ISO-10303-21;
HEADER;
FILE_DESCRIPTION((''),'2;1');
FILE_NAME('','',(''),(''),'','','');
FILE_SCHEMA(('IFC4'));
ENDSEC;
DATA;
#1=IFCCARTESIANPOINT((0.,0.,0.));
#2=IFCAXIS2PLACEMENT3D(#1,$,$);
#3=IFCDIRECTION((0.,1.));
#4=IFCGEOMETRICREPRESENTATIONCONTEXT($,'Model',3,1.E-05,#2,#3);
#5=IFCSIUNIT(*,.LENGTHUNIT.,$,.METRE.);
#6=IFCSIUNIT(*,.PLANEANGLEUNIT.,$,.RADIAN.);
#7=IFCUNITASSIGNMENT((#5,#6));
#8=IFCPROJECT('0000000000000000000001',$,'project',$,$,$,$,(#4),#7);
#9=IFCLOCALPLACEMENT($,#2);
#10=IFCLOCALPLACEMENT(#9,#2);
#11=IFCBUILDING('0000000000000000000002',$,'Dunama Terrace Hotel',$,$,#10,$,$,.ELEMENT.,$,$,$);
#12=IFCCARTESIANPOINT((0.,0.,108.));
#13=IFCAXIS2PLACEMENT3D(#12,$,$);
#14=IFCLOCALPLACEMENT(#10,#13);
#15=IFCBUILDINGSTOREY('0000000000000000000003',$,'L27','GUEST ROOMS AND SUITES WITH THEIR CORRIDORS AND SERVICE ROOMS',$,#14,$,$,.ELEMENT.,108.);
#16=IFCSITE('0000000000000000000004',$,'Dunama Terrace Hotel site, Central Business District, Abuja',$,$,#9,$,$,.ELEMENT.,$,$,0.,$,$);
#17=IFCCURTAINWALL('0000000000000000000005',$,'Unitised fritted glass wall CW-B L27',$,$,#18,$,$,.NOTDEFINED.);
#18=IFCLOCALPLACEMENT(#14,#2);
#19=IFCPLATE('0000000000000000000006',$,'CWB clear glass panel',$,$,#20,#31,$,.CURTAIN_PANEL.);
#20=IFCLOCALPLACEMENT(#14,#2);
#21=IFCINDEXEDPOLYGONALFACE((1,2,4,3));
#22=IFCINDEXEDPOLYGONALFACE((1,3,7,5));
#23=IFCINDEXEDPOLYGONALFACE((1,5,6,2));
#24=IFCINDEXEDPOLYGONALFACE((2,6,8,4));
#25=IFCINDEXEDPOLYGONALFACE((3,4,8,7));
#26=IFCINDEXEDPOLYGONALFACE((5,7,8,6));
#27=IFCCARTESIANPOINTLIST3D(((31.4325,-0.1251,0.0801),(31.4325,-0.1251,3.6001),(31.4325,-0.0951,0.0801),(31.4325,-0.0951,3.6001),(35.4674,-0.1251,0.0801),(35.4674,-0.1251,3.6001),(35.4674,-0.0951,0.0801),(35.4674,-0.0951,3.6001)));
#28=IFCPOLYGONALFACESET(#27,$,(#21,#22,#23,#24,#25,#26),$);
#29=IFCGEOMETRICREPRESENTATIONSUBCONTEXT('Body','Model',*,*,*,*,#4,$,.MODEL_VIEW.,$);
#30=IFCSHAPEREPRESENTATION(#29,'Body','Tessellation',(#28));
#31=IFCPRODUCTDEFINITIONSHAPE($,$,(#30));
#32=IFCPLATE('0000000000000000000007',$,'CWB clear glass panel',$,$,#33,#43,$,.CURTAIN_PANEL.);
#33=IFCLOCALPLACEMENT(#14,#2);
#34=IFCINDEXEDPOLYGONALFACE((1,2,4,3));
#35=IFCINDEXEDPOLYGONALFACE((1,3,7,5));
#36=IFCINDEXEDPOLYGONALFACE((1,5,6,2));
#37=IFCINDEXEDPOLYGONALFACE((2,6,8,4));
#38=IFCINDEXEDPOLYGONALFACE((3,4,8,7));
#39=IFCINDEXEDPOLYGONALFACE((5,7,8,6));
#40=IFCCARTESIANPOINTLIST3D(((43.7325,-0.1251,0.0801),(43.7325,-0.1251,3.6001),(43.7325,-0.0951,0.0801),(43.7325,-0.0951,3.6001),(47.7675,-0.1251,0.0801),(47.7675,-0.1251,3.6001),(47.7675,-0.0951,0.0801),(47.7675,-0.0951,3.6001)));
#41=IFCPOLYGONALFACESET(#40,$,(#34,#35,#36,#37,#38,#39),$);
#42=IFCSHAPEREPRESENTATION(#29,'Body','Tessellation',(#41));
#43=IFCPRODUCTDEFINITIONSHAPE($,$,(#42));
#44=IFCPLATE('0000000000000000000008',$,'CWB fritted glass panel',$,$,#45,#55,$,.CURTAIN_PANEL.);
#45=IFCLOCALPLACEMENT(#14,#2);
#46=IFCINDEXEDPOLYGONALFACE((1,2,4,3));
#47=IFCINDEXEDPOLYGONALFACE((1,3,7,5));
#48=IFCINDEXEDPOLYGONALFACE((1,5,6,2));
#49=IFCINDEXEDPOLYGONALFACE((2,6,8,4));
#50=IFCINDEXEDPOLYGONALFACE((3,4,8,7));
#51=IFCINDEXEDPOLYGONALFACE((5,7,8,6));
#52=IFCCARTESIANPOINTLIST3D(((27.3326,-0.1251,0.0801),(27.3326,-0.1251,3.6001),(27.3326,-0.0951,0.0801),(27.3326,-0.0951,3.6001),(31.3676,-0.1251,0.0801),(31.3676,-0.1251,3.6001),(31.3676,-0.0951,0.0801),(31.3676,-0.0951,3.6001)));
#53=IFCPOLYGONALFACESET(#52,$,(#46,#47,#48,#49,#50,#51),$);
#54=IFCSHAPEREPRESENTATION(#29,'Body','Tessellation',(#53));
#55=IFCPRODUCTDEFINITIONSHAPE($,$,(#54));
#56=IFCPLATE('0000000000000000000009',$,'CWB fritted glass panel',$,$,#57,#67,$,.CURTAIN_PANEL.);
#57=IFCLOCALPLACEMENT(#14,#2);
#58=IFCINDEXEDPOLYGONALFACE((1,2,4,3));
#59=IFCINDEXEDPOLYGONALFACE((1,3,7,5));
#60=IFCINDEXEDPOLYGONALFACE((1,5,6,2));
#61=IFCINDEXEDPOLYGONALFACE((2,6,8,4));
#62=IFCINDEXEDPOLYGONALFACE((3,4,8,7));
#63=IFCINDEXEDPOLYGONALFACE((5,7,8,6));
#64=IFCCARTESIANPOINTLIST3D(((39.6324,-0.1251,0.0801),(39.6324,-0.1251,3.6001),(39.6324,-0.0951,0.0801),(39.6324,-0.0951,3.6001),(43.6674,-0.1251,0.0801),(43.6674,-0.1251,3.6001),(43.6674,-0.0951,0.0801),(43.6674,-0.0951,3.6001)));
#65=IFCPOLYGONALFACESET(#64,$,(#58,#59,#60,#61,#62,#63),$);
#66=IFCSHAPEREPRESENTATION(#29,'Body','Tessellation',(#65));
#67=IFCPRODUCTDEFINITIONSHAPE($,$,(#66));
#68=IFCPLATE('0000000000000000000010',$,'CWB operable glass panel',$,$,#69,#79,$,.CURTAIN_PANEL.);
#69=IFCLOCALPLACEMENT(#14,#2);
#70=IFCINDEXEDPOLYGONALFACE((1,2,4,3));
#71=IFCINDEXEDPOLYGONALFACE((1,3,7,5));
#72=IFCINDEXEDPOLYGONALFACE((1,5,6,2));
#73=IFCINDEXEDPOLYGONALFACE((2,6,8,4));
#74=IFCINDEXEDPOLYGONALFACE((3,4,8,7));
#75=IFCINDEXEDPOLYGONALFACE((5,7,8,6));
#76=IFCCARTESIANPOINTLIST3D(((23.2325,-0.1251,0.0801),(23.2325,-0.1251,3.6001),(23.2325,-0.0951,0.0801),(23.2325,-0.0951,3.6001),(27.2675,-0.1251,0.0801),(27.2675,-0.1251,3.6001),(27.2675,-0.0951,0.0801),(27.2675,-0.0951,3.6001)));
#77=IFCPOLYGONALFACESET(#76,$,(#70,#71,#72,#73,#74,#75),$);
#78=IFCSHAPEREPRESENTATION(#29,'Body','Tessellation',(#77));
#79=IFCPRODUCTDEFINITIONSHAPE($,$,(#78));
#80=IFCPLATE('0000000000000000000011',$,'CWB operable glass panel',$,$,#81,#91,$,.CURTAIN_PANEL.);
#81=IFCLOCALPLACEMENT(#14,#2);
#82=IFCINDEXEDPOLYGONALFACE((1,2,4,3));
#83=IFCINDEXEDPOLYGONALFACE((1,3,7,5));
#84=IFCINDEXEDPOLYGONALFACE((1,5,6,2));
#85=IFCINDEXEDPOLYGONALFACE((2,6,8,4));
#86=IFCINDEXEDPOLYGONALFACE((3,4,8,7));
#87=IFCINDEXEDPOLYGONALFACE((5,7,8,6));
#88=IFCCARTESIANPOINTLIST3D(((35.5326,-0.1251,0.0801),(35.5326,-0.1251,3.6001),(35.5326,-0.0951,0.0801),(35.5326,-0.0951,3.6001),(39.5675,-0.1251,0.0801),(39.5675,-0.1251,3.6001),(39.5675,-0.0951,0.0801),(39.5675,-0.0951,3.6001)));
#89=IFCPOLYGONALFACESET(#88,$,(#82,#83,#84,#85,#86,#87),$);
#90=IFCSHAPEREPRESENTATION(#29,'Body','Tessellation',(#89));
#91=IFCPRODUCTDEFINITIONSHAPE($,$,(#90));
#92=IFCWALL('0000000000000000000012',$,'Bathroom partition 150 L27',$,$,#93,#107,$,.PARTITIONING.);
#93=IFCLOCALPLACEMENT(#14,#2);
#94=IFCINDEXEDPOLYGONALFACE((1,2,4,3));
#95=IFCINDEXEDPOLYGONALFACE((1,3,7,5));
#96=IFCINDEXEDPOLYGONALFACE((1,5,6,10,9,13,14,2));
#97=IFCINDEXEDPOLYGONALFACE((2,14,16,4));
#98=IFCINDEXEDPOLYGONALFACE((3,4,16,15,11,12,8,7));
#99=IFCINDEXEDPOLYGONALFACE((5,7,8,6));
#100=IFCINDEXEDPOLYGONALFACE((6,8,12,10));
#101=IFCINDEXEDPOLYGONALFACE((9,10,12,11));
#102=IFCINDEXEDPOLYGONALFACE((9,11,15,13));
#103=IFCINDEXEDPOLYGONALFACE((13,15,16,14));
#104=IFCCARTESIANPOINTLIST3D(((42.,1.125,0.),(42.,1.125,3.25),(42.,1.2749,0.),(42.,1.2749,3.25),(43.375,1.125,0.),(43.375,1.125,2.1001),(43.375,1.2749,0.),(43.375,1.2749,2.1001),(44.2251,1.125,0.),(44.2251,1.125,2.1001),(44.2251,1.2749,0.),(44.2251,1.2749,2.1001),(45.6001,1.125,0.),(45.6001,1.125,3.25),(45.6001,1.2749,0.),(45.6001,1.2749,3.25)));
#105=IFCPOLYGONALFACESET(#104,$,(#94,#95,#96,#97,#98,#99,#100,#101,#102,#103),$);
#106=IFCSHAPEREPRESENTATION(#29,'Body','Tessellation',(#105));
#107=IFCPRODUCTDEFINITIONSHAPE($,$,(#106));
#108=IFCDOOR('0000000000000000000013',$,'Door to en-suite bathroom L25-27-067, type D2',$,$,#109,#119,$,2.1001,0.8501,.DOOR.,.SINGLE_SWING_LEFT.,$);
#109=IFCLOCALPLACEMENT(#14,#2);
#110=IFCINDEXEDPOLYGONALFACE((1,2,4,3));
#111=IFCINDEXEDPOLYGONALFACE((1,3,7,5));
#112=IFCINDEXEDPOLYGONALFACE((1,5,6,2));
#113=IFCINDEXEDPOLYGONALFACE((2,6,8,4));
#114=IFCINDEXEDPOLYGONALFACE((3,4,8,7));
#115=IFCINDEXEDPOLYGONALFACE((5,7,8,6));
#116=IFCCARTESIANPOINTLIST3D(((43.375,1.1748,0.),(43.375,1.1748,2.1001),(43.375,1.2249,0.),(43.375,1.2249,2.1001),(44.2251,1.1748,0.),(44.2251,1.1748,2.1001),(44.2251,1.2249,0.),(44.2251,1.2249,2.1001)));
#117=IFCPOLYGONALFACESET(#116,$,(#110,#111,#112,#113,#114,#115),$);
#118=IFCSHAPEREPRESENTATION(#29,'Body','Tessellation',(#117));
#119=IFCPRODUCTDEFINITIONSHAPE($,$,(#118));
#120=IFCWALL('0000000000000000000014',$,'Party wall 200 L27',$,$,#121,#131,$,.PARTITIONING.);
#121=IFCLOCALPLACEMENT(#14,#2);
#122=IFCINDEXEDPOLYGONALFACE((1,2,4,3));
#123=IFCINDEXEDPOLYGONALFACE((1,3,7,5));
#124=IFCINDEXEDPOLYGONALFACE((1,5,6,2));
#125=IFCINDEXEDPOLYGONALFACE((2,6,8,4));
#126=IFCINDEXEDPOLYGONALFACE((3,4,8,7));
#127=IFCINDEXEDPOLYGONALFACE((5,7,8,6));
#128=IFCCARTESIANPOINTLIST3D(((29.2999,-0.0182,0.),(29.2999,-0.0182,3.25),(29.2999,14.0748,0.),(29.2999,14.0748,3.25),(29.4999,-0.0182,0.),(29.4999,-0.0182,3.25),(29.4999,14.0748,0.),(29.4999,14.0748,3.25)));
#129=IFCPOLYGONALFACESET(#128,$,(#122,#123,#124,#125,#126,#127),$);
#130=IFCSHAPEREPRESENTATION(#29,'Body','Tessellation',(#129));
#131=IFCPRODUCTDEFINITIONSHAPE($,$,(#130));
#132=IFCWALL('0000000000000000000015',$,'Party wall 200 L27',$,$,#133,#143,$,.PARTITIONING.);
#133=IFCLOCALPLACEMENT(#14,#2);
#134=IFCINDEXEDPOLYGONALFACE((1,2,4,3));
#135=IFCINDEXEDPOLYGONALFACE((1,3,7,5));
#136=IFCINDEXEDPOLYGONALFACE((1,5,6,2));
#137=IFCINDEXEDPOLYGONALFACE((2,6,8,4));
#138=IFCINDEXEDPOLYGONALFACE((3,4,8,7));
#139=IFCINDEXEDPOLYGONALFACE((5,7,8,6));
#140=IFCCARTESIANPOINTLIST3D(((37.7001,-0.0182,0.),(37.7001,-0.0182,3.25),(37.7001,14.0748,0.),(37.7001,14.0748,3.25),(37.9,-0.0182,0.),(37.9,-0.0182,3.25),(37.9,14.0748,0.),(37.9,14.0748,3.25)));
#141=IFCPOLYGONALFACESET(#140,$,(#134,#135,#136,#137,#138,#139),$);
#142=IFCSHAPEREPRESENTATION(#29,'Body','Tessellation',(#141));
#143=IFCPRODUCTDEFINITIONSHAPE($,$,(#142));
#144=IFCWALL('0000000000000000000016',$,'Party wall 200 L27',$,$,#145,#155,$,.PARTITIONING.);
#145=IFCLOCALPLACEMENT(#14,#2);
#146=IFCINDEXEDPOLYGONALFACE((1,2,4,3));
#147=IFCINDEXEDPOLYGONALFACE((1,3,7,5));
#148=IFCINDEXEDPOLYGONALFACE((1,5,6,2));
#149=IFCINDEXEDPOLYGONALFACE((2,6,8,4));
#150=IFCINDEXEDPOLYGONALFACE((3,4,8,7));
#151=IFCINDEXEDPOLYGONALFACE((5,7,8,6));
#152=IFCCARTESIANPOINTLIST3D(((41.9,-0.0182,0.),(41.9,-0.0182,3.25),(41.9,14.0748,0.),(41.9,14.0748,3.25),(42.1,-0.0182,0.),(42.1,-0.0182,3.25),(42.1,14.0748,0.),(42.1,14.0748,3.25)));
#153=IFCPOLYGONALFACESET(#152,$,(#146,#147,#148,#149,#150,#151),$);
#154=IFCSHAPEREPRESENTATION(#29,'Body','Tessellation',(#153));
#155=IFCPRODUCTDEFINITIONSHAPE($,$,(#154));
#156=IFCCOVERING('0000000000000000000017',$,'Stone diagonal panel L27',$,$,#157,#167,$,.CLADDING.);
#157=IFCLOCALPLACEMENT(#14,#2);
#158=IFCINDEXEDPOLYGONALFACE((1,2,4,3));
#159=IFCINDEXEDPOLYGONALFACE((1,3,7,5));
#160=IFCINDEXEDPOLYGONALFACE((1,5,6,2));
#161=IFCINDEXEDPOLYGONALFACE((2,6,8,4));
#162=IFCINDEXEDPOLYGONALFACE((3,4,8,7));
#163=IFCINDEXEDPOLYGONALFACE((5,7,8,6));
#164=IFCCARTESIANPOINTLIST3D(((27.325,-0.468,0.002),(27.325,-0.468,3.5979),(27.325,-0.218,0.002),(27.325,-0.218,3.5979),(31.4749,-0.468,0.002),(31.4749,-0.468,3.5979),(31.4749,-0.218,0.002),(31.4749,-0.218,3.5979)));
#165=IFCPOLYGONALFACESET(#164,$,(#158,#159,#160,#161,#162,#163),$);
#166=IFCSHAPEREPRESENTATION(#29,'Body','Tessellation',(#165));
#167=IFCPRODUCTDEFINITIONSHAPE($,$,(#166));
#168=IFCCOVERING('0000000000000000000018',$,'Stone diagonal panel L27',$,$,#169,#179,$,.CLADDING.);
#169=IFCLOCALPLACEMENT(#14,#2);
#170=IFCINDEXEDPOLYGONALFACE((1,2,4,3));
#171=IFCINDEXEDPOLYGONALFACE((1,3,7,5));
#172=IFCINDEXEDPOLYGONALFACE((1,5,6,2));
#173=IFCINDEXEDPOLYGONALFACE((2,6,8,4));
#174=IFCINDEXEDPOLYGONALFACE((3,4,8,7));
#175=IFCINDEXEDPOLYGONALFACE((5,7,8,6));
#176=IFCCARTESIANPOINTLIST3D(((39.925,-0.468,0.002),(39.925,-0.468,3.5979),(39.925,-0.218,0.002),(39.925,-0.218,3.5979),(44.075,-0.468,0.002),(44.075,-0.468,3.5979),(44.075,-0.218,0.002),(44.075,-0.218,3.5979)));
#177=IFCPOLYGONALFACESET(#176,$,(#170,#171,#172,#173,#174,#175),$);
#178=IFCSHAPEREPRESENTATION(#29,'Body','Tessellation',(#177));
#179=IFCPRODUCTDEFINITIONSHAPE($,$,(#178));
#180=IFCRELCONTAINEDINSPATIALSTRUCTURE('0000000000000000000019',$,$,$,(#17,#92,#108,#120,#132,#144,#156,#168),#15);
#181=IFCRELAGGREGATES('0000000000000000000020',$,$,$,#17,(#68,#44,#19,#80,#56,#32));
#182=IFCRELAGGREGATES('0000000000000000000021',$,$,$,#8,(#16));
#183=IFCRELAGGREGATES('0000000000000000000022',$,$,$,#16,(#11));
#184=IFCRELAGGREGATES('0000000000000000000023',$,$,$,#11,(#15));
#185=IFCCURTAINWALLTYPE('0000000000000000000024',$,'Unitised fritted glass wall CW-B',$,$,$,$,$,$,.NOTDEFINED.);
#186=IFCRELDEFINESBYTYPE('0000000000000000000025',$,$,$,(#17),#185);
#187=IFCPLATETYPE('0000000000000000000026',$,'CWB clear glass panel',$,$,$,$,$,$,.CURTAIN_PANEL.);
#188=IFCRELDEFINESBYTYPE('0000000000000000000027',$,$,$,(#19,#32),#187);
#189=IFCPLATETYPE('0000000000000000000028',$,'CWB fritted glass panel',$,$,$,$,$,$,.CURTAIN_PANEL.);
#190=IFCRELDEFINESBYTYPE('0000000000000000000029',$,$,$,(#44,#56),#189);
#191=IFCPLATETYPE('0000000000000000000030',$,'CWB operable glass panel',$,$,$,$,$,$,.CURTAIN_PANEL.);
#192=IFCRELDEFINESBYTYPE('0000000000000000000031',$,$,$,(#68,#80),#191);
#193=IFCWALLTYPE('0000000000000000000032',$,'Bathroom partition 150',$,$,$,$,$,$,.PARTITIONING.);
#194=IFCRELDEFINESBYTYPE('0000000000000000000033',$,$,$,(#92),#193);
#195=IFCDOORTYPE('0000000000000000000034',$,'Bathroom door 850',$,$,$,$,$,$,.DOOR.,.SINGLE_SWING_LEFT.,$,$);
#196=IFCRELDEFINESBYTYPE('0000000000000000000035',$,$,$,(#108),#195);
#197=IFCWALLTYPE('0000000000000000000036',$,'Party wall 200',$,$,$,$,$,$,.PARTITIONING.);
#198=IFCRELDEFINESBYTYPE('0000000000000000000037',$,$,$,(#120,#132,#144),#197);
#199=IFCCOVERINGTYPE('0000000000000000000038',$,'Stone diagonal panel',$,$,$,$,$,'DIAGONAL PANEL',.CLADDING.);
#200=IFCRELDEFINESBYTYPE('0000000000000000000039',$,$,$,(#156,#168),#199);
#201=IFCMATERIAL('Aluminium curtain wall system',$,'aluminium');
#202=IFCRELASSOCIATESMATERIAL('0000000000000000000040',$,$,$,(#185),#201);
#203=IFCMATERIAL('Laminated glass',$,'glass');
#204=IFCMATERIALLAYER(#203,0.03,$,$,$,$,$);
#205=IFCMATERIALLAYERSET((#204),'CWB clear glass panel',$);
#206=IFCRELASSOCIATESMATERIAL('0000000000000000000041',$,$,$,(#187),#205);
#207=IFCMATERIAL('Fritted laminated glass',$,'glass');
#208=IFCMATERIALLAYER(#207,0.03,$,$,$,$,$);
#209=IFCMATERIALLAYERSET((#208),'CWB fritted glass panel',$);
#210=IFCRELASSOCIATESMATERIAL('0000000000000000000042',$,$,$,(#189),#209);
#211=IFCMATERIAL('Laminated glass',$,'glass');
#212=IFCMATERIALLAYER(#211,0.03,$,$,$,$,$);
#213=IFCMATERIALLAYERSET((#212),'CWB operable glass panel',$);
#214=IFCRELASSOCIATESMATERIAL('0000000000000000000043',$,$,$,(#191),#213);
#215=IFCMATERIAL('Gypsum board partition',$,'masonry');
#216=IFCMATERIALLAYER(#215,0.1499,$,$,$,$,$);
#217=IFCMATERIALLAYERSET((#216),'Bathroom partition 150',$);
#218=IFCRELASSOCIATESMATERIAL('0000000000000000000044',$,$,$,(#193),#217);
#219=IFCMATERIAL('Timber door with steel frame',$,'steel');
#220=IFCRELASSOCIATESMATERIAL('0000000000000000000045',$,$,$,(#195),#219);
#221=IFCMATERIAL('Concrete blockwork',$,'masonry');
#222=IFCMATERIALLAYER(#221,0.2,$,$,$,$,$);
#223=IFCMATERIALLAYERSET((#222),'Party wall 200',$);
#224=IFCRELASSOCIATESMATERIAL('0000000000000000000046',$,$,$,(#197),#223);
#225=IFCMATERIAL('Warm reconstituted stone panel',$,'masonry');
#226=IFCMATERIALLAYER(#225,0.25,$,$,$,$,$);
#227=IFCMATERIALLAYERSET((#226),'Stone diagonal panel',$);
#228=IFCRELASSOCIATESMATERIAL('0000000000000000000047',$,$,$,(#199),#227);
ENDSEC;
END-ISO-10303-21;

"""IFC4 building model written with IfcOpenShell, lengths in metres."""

from ifc_helpers import new_model, si_unit, direction, frame, frame_2d, origin, origin_2d, place, context, subcontext, project, spatial, rectangle, extrude, material, layer, layer_set, type_object, element, fill, aggregate, save


model = new_model("IFC4")

# Units and contexts
model_context = context("Model", 3, precision=1e-05, world=origin(), true_north=direction((0.0, 1.0)))
body_context = subcontext(model_context, "Body", "Model", "MODEL_VIEW")
ifc_project = project(units=[si_unit("LENGTHUNIT", "METRE"), si_unit("PLANEANGLEUNIT", "RADIAN")], contexts=[model_context])

# Site, building, storey
site_placement = place(None, origin())
site = spatial("IfcSite", under=ifc_project, at=site_placement, Name="Dunama Terrace Hotel site, Central Business District, Abuja", CompositionType="ELEMENT", RefElevation=0.0)
building_placement = place(site_placement, origin())
building = spatial("IfcBuilding", under=site, at=building_placement, Name="Dunama Terrace Hotel", CompositionType="ELEMENT")
storey_placement = place(building_placement, frame((0.0, 0.0, 108.0)))
storey = spatial("IfcBuildingStorey", under=building, at=storey_placement, Name="L27", Description="GUEST ROOMS AND SUITES WITH THEIR CORRIDORS AND SERVICE ROOMS", CompositionType="ELEMENT", Elevation=108.0)

# Curtain wall
ifc_material_1 = material(Name="Aluminium curtain wall system", Category="aluminium")
curtain_wall_type = type_object("IfcCurtainWallType", Name="Unitised fritted glass wall CW-B", PredefinedType="NOTDEFINED", material=ifc_material_1)
curtain_wall_placement = place(storey_placement, origin())
curtain_wall = element("IfcCurtainWall", 1, at=curtain_wall_placement, inside=storey, type_object=curtain_wall_type, Name="Unitised fritted glass wall CW-B L27", PredefinedType="NOTDEFINED")

# Plates
ifc_material_2 = material(Name="Laminated glass", Category="glass")
ifc_layer_1 = layer(ifc_material_2, 0.03)
ifc_layer_set_1 = layer_set([ifc_layer_1], Name="CWB clear glass panel")
plate_type_1 = type_object("IfcPlateType", Name="CWB clear glass panel", PredefinedType="CURTAIN_PANEL", material=ifc_layer_set_1)
plate_1_placement = place(storey_placement, frame((33.45, -0.1101, 0.0801), z_axis=(0.0, 0.0, 1.0), x_axis=(1.0, 0.0, 0.0)))
plate_1 = element("IfcPlate", 2, at=plate_1_placement, type_object=plate_type_1, Name="CWB clear glass panel", PredefinedType="CURTAIN_PANEL", context=body_context, shape_type="SweptSolid", body=[
    extrude(rectangle(XDim=4.0349, YDim=0.03, at=origin_2d()), origin(), (0.0, 0.0, 1.0), 3.52),
])
plate_2_placement = place(storey_placement, frame((45.75, -0.1101, 0.0801), z_axis=(0.0, 0.0, 1.0), x_axis=(1.0, 0.0, 0.0)))
plate_2 = element("IfcPlate", 3, at=plate_2_placement, type_object=plate_type_1, Name="CWB clear glass panel", PredefinedType="CURTAIN_PANEL", context=body_context, shape_type="SweptSolid", body=[
    extrude(rectangle(XDim=4.0349, YDim=0.03, at=origin_2d()), origin(), (0.0, 0.0, 1.0), 3.52),
])
ifc_material_3 = material(Name="Fritted laminated glass", Category="glass")
ifc_layer_2 = layer(ifc_material_3, 0.03)
ifc_layer_set_2 = layer_set([ifc_layer_2], Name="CWB fritted glass panel")
plate_type_2 = type_object("IfcPlateType", Name="CWB fritted glass panel", PredefinedType="CURTAIN_PANEL", material=ifc_layer_set_2)
plate_3_placement = place(storey_placement, frame((29.3501, -0.1101, 0.0801), z_axis=(0.0, 0.0, 1.0), x_axis=(1.0, 0.0, 0.0)))
plate_3 = element("IfcPlate", 4, at=plate_3_placement, type_object=plate_type_2, Name="CWB fritted glass panel", PredefinedType="CURTAIN_PANEL", context=body_context, shape_type="SweptSolid", body=[
    extrude(rectangle(XDim=4.0349, YDim=0.03, at=origin_2d()), origin(), (0.0, 0.0, 1.0), 3.52),
])
plate_4_placement = place(storey_placement, frame((41.6499, -0.1101, 0.0801), z_axis=(0.0, 0.0, 1.0), x_axis=(1.0, 0.0, 0.0)))
plate_4 = element("IfcPlate", 5, at=plate_4_placement, type_object=plate_type_2, Name="CWB fritted glass panel", PredefinedType="CURTAIN_PANEL", context=body_context, shape_type="SweptSolid", body=[
    extrude(rectangle(XDim=4.0349, YDim=0.03, at=origin_2d()), origin(), (0.0, 0.0, 1.0), 3.52),
])
ifc_material_4 = material(Name="Laminated glass", Category="glass")
ifc_layer_3 = layer(ifc_material_4, 0.03)
ifc_layer_set_3 = layer_set([ifc_layer_3], Name="CWB operable glass panel")
plate_type_3 = type_object("IfcPlateType", Name="CWB operable glass panel", PredefinedType="CURTAIN_PANEL", material=ifc_layer_set_3)
plate_5_placement = place(storey_placement, frame((25.25, -0.1101, 0.0801), z_axis=(0.0, 0.0, 1.0), x_axis=(1.0, 0.0, 0.0)))
plate_5 = element("IfcPlate", 6, at=plate_5_placement, type_object=plate_type_3, Name="CWB operable glass panel", PredefinedType="CURTAIN_PANEL", context=body_context, shape_type="SweptSolid", body=[
    extrude(rectangle(XDim=4.0349, YDim=0.03, at=origin_2d()), origin(), (0.0, 0.0, 1.0), 3.52),
])
plate_6_placement = place(storey_placement, frame((37.55, -0.1101, 0.0801), z_axis=(0.0, 0.0, 1.0), x_axis=(1.0, 0.0, 0.0)))
plate_6 = element("IfcPlate", 7, at=plate_6_placement, type_object=plate_type_3, Name="CWB operable glass panel", PredefinedType="CURTAIN_PANEL", context=body_context, shape_type="SweptSolid", body=[
    extrude(rectangle(XDim=4.0349, YDim=0.03, at=origin_2d()), origin(), (0.0, 0.0, 1.0), 3.52),
])
aggregate(curtain_wall, [plate_5, plate_3, plate_1, plate_6, plate_4, plate_2])

# Wall, opening, door
ifc_material_5 = material(Name="Gypsum board partition", Category="masonry")
ifc_layer_4 = layer(ifc_material_5, 0.1499)
ifc_layer_set_4 = layer_set([ifc_layer_4], Name="Bathroom partition 150")
wall_type_1 = type_object("IfcWallType", Name="Bathroom partition 150", PredefinedType="PARTITIONING", material=ifc_layer_set_4)
wall_placement = place(storey_placement, frame((42.0, 1.2, 0.0), z_axis=(0.0, 0.0, 1.0), x_axis=(1.0, 0.0, 0.0)))
wall = element("IfcWall", 8, at=wall_placement, inside=storey, type_object=wall_type_1, Name="Bathroom partition 150 L27", PredefinedType="PARTITIONING", context=body_context, shape_type="SweptSolid", body=[
    extrude(rectangle(XDim=3.6001, YDim=0.1499, at=frame_2d((1.8, 0.0))), origin(), (0.0, 0.0, 1.0), 3.25),
])
opening_placement = place(wall_placement, frame((1.375, 0.0, 0.0)))
opening = element("IfcOpeningElement", 9, at=opening_placement, cuts=wall, PredefinedType="OPENING", context=body_context, shape_type="SweptSolid", body=[
    extrude(rectangle(XDim=0.8501, YDim=2.1001, at=frame_2d((0.425, 1.05))), frame((0.0, 0.085, 0.0), z_axis=(0.0, -1.0, 0.0), x_axis=(1.0, 0.0, 0.0)), (0.0, 0.0, 1.0), 0.1699),
])
ifc_material_6 = material(Name="Timber door with steel frame", Category="steel")
door_type = type_object("IfcDoorType", Name="Bathroom door 850", OperationType="SINGLE_SWING_LEFT", PredefinedType="DOOR", material=ifc_material_6)
door_placement = place(opening_placement, origin())
door = element("IfcDoor", 10, at=door_placement, inside=storey, type_object=door_type, Name="Door to en-suite bathroom L25-27-067, type D2", OperationType="SINGLE_SWING_LEFT", OverallHeight=2.1001, OverallWidth=0.8501, PredefinedType="DOOR", context=body_context, shape_type="SweptSolid", body=[
    extrude(rectangle(XDim=0.8501, YDim=2.1001, at=frame_2d((0.425, 1.05))), frame((0.0, 0.0249, 0.0), z_axis=(0.0, -1.0, 0.0), x_axis=(1.0, 0.0, 0.0)), (0.0, 0.0, 1.0), 0.05),
])
fill(opening, door)

# Walls
ifc_material_7 = material(Name="Concrete blockwork", Category="masonry")
ifc_layer_5 = layer(ifc_material_7, 0.2)
ifc_layer_set_5 = layer_set([ifc_layer_5], Name="Party wall 200")
wall_type_2 = type_object("IfcWallType", Name="Party wall 200", PredefinedType="PARTITIONING", material=ifc_layer_set_5)
for number, where, z_axis, x_axis, name in (
    (11, (29.3999, -0.0181, 0.0), (0.0, 0.0, 1.0), (0.0, 1.0, 0.0), "Party wall 200 L27"),
    (12, (37.8, -0.0181, 0.0), (0.0, 0.0, 1.0), (0.0, 1.0, 0.0), "Party wall 200 L27"),
    (13, (42.0, -0.0181, 0.0), (0.0, 0.0, 1.0), (0.0, 1.0, 0.0), "Party wall 200 L27"),
):
    element("IfcWall", number, at=place(storey_placement, frame(where, z_axis=z_axis, x_axis=x_axis)), inside=storey, type_object=wall_type_2, Name=name, PredefinedType="PARTITIONING", context=body_context, shape_type="SweptSolid", body=[
        extrude(rectangle(XDim=14.093, YDim=0.2, at=frame_2d((7.0464, 0.0))), origin(), (0.0, 0.0, 1.0), 3.25),
    ])

# Coverings
ifc_material_8 = material(Name="Warm reconstituted stone panel", Category="masonry")
ifc_layer_6 = layer(ifc_material_8, 0.25)
ifc_layer_set_6 = layer_set([ifc_layer_6], Name="Stone diagonal panel")
covering_type = type_object("IfcCoveringType", Name="Stone diagonal panel", ElementType="DIAGONAL PANEL", PredefinedType="CLADDING", material=ifc_layer_set_6)
for number, where, z_axis, x_axis, name in (
    (14, (29.3999, -0.343, 0.002), (0.0, 0.0, 1.0), (1.0, 0.0, 0.0), "Stone diagonal panel L27"),
    (15, (42.0, -0.343, 0.002), (0.0, 0.0, 1.0), (1.0, 0.0, 0.0), "Stone diagonal panel L27"),
):
    element("IfcCovering", number, at=place(storey_placement, frame(where, z_axis=z_axis, x_axis=x_axis)), inside=storey, type_object=covering_type, Name=name, PredefinedType="CLADDING", context=body_context, shape_type="SweptSolid", body=[
        extrude(rectangle(XDim=4.1499, YDim=0.25, at=origin_2d()), origin(), (0.0, 0.0, 1.0), 3.5959),
    ])

save(model, "model.ifc")
